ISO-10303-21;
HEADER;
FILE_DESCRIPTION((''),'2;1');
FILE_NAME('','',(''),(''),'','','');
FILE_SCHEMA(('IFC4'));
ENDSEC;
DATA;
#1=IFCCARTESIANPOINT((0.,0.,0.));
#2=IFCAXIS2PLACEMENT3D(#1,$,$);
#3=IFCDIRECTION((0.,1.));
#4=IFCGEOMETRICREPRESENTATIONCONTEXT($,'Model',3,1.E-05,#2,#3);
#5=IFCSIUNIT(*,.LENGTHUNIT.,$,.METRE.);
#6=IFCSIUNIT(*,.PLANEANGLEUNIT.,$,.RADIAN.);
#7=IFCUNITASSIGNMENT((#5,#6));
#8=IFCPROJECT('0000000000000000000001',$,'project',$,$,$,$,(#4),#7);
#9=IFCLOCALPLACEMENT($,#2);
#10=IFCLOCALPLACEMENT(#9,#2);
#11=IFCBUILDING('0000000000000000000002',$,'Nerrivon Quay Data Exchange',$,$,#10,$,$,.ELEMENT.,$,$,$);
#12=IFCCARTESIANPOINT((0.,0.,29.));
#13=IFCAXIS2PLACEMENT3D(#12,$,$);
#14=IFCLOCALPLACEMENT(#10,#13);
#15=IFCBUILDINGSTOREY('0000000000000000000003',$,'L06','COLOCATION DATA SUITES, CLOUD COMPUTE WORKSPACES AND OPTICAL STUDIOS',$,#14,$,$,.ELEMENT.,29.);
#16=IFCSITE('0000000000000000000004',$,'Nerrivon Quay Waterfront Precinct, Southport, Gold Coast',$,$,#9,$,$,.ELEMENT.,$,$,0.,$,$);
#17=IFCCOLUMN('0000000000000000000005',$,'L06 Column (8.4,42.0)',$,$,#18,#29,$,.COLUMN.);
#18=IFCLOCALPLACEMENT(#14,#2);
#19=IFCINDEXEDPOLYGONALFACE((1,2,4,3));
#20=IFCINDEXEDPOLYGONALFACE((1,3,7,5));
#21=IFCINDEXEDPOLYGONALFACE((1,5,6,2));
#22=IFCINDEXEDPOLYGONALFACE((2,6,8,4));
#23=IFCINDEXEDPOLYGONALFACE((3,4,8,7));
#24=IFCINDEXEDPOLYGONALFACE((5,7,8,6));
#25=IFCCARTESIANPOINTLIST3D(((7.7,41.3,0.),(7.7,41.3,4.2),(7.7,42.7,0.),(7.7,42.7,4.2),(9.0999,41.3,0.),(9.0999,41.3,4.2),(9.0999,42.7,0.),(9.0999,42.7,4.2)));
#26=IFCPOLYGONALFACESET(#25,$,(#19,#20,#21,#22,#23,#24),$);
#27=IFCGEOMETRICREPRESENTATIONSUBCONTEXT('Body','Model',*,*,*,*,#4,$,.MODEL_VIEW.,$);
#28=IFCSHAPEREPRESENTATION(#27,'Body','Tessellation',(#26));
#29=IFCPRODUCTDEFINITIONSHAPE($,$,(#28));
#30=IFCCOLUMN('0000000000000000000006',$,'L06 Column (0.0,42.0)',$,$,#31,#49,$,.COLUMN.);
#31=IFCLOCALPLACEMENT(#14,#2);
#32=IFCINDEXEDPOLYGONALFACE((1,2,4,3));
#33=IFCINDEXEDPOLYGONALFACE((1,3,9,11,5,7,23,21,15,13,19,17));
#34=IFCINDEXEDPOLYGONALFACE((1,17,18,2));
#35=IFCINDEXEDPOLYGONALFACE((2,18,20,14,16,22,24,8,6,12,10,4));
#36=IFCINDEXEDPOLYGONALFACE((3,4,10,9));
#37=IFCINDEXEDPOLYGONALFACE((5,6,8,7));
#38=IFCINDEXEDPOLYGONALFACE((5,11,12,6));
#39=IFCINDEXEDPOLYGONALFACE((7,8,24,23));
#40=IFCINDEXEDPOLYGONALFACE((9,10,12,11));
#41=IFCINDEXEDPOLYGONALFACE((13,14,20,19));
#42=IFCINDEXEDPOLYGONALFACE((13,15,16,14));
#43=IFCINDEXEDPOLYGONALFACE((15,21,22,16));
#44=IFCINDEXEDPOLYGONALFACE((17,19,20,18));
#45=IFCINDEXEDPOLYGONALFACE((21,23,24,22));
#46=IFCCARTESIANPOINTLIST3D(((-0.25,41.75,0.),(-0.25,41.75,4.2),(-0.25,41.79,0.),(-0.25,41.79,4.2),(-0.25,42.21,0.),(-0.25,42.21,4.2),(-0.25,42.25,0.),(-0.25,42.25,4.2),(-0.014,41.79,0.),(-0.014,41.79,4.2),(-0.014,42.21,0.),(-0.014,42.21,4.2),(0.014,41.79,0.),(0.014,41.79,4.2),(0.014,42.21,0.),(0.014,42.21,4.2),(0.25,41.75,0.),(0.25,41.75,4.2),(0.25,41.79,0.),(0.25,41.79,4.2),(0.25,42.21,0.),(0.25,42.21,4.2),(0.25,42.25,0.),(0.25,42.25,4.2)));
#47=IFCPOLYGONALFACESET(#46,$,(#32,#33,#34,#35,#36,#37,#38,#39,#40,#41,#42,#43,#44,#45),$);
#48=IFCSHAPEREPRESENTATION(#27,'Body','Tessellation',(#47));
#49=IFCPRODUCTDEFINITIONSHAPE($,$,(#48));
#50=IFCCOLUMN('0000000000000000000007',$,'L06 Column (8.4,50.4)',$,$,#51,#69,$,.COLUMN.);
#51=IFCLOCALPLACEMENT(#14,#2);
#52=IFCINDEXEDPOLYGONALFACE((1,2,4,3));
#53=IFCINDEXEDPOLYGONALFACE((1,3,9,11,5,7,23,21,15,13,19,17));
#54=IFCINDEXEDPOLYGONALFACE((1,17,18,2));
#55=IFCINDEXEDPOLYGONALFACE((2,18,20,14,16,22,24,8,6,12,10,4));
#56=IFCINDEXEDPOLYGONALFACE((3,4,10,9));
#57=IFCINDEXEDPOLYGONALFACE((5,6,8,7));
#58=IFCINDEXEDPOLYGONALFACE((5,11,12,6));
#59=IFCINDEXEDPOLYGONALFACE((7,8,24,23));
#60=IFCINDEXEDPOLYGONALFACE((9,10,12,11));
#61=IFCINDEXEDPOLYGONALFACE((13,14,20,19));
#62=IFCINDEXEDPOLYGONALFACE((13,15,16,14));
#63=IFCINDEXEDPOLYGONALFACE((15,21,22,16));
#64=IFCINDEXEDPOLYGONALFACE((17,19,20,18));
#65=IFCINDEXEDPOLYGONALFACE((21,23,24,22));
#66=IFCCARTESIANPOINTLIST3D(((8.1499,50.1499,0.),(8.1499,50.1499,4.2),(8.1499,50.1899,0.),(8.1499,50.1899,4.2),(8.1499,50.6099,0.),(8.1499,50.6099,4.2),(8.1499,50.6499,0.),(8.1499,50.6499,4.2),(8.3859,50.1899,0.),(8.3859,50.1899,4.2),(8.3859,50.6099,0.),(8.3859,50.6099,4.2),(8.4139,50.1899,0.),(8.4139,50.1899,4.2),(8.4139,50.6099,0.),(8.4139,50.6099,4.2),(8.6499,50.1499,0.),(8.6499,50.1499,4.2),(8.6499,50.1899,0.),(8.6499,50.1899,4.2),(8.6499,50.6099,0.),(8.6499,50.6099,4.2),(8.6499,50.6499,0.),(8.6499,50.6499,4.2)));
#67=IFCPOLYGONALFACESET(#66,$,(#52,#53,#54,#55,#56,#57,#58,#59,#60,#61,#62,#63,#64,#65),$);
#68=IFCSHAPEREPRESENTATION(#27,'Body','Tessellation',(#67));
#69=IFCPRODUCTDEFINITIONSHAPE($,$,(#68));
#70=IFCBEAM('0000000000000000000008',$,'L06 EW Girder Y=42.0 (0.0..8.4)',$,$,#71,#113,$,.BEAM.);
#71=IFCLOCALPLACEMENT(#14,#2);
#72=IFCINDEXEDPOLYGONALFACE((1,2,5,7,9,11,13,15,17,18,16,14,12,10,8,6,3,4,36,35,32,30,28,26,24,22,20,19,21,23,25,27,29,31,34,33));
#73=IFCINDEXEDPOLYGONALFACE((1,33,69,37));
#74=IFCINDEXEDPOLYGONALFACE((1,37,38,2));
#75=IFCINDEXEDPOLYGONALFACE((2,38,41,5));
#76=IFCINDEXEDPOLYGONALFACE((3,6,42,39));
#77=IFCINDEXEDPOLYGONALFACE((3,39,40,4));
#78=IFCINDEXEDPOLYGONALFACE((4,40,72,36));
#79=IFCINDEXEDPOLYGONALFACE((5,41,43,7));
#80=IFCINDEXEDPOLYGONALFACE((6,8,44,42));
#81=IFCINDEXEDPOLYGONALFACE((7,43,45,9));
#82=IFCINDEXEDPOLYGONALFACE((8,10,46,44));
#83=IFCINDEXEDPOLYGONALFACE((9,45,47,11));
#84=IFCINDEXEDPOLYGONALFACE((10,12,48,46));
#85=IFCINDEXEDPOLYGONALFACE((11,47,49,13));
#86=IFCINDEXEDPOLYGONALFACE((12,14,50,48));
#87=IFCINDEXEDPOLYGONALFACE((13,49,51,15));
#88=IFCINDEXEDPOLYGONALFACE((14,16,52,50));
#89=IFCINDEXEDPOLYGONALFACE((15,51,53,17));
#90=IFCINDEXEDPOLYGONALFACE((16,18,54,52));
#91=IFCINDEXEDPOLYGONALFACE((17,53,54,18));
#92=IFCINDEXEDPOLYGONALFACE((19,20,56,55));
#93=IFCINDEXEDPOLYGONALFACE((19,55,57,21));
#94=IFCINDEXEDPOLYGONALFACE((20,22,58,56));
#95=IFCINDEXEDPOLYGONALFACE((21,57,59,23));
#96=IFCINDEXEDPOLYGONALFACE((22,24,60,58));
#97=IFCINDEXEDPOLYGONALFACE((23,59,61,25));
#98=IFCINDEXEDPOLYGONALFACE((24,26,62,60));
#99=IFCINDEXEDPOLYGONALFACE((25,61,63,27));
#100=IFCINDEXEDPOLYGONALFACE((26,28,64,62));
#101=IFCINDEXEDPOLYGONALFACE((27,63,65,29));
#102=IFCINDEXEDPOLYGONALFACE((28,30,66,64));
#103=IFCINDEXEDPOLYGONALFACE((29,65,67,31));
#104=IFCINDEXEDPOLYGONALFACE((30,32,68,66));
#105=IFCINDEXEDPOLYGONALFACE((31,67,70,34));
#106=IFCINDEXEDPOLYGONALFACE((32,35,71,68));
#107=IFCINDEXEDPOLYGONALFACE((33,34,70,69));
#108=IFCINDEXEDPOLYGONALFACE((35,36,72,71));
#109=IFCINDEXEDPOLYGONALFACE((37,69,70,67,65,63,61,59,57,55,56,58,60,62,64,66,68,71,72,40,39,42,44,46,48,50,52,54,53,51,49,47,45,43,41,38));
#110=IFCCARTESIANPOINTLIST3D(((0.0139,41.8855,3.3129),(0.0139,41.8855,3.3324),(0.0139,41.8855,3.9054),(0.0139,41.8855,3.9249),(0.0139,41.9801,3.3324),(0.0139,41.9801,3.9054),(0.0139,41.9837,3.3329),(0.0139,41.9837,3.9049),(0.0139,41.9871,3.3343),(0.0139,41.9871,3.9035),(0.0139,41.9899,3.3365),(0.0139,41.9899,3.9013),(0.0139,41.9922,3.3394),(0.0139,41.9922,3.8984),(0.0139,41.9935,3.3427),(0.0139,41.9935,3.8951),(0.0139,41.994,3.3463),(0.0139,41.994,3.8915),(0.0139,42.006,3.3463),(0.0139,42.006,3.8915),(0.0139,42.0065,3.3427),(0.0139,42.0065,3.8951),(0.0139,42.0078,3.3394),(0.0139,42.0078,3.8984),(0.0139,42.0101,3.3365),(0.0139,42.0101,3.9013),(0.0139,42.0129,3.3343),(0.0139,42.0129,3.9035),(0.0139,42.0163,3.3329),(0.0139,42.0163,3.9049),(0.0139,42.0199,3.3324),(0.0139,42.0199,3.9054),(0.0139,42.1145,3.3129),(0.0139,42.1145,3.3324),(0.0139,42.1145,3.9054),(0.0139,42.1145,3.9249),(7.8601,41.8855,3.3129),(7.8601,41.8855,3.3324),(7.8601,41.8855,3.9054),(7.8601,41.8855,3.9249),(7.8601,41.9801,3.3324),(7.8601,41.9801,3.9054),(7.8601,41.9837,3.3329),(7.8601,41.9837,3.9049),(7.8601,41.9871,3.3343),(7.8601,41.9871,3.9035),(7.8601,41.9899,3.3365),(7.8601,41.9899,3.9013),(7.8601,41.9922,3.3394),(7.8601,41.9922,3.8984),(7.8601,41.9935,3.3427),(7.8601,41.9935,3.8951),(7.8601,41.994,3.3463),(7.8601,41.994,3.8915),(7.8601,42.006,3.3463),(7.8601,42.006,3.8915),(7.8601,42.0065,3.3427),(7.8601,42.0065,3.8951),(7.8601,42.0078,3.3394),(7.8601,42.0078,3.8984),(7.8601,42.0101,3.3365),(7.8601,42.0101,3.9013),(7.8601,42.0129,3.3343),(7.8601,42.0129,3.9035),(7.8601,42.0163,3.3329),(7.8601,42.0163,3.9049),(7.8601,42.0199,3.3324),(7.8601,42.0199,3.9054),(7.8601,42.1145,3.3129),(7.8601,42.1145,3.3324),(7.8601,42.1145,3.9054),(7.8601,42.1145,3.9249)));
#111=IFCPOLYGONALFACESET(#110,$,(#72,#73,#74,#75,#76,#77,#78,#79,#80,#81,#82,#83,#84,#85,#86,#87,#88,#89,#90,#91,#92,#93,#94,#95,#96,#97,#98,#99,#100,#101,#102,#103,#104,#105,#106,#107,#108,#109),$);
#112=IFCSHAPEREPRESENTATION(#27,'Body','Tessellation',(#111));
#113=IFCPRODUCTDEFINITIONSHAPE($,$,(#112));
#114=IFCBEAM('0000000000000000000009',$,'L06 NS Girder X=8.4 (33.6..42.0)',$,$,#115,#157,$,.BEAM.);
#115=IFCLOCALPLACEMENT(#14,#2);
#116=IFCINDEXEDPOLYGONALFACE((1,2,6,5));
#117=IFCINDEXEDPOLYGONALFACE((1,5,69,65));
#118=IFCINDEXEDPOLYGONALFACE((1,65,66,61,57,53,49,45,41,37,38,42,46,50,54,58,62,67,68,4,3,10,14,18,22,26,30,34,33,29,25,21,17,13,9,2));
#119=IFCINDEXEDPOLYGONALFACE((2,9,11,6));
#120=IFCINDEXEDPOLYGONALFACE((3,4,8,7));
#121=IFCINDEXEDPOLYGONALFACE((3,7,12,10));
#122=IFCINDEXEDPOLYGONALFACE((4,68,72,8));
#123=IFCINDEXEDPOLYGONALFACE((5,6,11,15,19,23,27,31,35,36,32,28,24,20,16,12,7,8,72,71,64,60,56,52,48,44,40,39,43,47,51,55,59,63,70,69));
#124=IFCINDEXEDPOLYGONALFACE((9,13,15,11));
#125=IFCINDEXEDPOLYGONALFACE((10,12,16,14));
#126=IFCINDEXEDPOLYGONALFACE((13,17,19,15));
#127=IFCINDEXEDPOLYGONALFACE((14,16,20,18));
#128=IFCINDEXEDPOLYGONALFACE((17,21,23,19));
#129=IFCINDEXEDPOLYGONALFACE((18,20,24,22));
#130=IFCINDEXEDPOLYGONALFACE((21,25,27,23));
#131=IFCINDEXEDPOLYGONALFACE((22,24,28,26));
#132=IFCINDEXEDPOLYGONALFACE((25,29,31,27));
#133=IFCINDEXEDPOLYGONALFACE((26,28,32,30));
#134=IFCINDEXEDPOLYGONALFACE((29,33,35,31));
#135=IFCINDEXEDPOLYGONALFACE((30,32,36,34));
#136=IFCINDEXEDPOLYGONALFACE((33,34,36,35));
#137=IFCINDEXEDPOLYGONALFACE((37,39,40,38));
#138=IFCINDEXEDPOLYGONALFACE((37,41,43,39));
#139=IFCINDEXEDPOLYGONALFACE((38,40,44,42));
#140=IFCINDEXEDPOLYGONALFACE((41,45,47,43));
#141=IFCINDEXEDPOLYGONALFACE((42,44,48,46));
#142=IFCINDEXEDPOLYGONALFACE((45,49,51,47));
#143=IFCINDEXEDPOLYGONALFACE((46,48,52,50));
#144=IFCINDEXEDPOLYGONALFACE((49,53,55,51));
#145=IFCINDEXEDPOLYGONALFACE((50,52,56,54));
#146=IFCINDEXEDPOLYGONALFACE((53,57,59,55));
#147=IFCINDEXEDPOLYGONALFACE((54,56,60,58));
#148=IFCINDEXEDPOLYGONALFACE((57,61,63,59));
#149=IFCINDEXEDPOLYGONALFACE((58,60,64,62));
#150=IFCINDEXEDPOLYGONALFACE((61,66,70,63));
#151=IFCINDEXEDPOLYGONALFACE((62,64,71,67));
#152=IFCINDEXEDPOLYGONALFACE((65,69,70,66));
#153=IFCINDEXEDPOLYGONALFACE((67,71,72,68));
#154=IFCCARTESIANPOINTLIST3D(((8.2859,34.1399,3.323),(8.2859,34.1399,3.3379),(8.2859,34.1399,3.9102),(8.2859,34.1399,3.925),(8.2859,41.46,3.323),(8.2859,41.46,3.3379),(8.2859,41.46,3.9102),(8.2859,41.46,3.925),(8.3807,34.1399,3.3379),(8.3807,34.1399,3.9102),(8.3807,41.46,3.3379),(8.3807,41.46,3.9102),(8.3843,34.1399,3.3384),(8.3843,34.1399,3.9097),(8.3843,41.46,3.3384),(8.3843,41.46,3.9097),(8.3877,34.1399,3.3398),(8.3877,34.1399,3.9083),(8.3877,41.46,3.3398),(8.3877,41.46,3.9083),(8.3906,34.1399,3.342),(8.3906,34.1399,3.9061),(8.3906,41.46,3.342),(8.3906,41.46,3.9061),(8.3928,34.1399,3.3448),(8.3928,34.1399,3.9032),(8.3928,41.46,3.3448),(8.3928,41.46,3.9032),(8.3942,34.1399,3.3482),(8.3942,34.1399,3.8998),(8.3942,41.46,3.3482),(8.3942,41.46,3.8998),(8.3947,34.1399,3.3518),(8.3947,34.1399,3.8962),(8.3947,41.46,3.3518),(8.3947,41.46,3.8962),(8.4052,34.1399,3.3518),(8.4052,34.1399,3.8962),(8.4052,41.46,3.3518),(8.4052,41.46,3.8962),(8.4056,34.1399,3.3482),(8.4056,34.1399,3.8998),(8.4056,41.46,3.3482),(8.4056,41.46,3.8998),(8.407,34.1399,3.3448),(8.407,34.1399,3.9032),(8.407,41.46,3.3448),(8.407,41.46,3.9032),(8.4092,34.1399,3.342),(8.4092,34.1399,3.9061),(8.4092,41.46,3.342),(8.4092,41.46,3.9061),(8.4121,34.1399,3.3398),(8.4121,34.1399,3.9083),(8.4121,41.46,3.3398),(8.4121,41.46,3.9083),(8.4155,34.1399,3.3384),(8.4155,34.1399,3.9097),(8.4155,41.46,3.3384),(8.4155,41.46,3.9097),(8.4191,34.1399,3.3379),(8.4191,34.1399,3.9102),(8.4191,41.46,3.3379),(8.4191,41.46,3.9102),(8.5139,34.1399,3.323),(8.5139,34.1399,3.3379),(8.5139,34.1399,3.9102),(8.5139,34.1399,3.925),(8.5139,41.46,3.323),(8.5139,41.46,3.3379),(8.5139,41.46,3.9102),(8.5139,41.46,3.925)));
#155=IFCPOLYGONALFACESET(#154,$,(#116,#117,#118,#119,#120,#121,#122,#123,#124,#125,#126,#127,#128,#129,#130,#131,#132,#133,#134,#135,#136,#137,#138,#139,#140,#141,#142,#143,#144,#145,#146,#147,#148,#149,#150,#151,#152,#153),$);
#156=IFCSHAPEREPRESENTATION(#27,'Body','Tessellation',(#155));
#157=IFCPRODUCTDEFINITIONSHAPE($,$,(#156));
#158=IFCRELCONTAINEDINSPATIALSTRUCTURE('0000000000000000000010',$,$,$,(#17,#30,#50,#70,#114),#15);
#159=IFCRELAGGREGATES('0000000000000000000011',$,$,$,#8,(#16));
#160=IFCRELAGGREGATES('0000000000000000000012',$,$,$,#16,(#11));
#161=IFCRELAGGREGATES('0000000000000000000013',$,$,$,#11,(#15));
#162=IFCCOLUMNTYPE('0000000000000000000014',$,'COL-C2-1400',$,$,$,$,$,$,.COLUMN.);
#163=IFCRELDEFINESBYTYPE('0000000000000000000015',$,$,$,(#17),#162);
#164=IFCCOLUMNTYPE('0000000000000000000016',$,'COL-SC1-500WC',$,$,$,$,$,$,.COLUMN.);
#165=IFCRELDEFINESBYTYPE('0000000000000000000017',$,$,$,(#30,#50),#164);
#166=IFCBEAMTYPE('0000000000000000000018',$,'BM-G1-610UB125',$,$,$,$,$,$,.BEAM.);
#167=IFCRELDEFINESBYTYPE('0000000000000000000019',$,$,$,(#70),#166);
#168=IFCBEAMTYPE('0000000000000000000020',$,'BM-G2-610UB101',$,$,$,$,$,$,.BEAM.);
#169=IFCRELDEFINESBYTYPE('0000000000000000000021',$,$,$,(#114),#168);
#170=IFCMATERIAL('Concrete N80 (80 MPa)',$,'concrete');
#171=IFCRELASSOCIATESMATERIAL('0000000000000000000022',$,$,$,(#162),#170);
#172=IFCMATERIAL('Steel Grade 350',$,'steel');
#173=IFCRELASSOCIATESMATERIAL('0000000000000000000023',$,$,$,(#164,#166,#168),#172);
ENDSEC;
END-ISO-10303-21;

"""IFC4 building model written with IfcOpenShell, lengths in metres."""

from ifc_helpers import new_model, si_unit, direction, frame, origin, origin_2d, place, context, subcontext, project, spatial, rectangle, i_section, extrude, material, material_profile, profile_set, type_object, element, save


model = new_model("IFC4")

# Units and contexts
model_context = context("Model", 3, precision=1e-05, world=origin(), true_north=direction((0.0, 1.0)))
body_context = subcontext(model_context, "Body", "Model", "MODEL_VIEW")
ifc_project = project(units=[si_unit("LENGTHUNIT", "METRE"), si_unit("PLANEANGLEUNIT", "RADIAN")], contexts=[model_context])

# Site, building, storey
site_placement = place(None, origin())
site = spatial("IfcSite", under=ifc_project, at=site_placement, Name="Nerrivon Quay Waterfront Precinct, Southport, Gold Coast", CompositionType="ELEMENT", RefElevation=0.0)
building_placement = place(site_placement, origin())
building = spatial("IfcBuilding", under=site, at=building_placement, Name="Nerrivon Quay Data Exchange", CompositionType="ELEMENT")
storey_placement = place(building_placement, frame((0.0, 0.0, 29.0)))
storey = spatial("IfcBuildingStorey", under=building, at=storey_placement, Name="L06", Description="COLOCATION DATA SUITES, CLOUD COMPUTE WORKSPACES AND OPTICAL STUDIOS", CompositionType="ELEMENT", Elevation=29.0)

# Columns
ifc_material_1 = material(Name="Concrete N80 (80 MPa)", Category="concrete")
ifc_material_profile_1 = material_profile(ifc_material_1, rectangle(XDim=1.3999, YDim=1.3999, at=origin_2d()), Name="RC-COL-1400x1400")
ifc_profile_set_1 = profile_set([ifc_material_profile_1], Name="Concrete N80 (80 MPa)")
column_type_1 = type_object("IfcColumnType", Name="COL-C2-1400", PredefinedType="COLUMN", material=ifc_profile_set_1)
column_placement = place(storey_placement, frame((8.3999, 42.0, 0.0), z_axis=(0.0, 0.0, 1.0), x_axis=(1.0, 0.0, 0.0)))
element("IfcColumn", 1, at=column_placement, inside=storey, type_object=column_type_1, Name="L06 Column (8.4,42.0)", PredefinedType="COLUMN", context=body_context, shape_type="SweptSolid", body=[
    extrude(rectangle(XDim=1.3999, YDim=1.3999, at=origin_2d()), origin(), (0.0, 0.0, 1.0), 4.2),
])
ifc_material_2 = material(Name="Steel Grade 350", Category="steel")
ifc_material_profile_2 = material_profile(ifc_material_2, i_section(OverallWidth=0.5, OverallDepth=0.5, WebThickness=0.0281, FlangeThickness=0.04, at=origin_2d()), Name="500WC440")
ifc_profile_set_2 = profile_set([ifc_material_profile_2], Name="Steel Grade 350")
column_type_2 = type_object("IfcColumnType", Name="COL-SC1-500WC", PredefinedType="COLUMN", material=ifc_profile_set_2)
for number, where, z_axis, x_axis, name in (
    (2, (0.0, 42.0, 0.0), (0.0, 0.0, 1.0), (1.0, 0.0, 0.0), "L06 Column (0.0,42.0)"),
    (3, (8.3999, 50.3999, 0.0), (0.0, 0.0, 1.0), (1.0, 0.0, 0.0), "L06 Column (8.4,50.4)"),
):
    element("IfcColumn", number, at=place(storey_placement, frame(where, z_axis=z_axis, x_axis=x_axis)), inside=storey, type_object=column_type_2, Name=name, PredefinedType="COLUMN", context=body_context, shape_type="SweptSolid", body=[
        extrude(i_section(OverallWidth=0.5, OverallDepth=0.5, WebThickness=0.0281, FlangeThickness=0.04, at=origin_2d()), origin(), (0.0, 0.0, 1.0), 4.2),
    ])

# Beams
ifc_material_profile_3 = material_profile(ifc_material_2, i_section(OverallWidth=0.229, OverallDepth=0.6121, WebThickness=0.012, FlangeThickness=0.0195, FilletRadius=0.0139, at=origin_2d()), Name="610UB125")
ifc_profile_set_3 = profile_set([ifc_material_profile_3], Name="Steel Grade 350")
beam_type_1 = type_object("IfcBeamType", Name="BM-G1-610UB125", PredefinedType="BEAM", material=ifc_profile_set_3)
beam_1_placement = place(storey_placement, frame((0.0139, 42.0, 3.6189), z_axis=(1.0, 0.0, 0.0), x_axis=(0.0, 1.0, 0.0)))
element("IfcBeam", 4, at=beam_1_placement, inside=storey, type_object=beam_type_1, Name="L06 EW Girder Y=42.0 (0.0..8.4)", PredefinedType="BEAM", context=body_context, shape_type="SweptSolid", body=[
    extrude(i_section(OverallWidth=0.229, OverallDepth=0.6121, WebThickness=0.012, FlangeThickness=0.0195, FilletRadius=0.0139, at=origin_2d()), origin(), (0.0, 0.0, 1.0), 7.8462),
])
ifc_material_profile_4 = material_profile(ifc_material_2, i_section(OverallWidth=0.228, OverallDepth=0.6021, WebThickness=0.0105, FlangeThickness=0.0149, FilletRadius=0.0139, at=origin_2d()), Name="610UB101")
ifc_profile_set_4 = profile_set([ifc_material_profile_4], Name="Steel Grade 350")
beam_type_2 = type_object("IfcBeamType", Name="BM-G2-610UB101", PredefinedType="BEAM", material=ifc_profile_set_4)
beam_2_placement = place(storey_placement, frame((8.3999, 34.1399, 3.624), z_axis=(0.0, 1.0, 0.0), x_axis=(-1.0, 0.0, 0.0)))
element("IfcBeam", 5, at=beam_2_placement, inside=storey, type_object=beam_type_2, Name="L06 NS Girder X=8.4 (33.6..42.0)", PredefinedType="BEAM", context=body_context, shape_type="SweptSolid", body=[
    extrude(i_section(OverallWidth=0.228, OverallDepth=0.6021, WebThickness=0.0105, FlangeThickness=0.0149, FilletRadius=0.0139, at=origin_2d()), origin(), (0.0, 0.0, 1.0), 7.3201),
])

save(model, "model.ifc")
